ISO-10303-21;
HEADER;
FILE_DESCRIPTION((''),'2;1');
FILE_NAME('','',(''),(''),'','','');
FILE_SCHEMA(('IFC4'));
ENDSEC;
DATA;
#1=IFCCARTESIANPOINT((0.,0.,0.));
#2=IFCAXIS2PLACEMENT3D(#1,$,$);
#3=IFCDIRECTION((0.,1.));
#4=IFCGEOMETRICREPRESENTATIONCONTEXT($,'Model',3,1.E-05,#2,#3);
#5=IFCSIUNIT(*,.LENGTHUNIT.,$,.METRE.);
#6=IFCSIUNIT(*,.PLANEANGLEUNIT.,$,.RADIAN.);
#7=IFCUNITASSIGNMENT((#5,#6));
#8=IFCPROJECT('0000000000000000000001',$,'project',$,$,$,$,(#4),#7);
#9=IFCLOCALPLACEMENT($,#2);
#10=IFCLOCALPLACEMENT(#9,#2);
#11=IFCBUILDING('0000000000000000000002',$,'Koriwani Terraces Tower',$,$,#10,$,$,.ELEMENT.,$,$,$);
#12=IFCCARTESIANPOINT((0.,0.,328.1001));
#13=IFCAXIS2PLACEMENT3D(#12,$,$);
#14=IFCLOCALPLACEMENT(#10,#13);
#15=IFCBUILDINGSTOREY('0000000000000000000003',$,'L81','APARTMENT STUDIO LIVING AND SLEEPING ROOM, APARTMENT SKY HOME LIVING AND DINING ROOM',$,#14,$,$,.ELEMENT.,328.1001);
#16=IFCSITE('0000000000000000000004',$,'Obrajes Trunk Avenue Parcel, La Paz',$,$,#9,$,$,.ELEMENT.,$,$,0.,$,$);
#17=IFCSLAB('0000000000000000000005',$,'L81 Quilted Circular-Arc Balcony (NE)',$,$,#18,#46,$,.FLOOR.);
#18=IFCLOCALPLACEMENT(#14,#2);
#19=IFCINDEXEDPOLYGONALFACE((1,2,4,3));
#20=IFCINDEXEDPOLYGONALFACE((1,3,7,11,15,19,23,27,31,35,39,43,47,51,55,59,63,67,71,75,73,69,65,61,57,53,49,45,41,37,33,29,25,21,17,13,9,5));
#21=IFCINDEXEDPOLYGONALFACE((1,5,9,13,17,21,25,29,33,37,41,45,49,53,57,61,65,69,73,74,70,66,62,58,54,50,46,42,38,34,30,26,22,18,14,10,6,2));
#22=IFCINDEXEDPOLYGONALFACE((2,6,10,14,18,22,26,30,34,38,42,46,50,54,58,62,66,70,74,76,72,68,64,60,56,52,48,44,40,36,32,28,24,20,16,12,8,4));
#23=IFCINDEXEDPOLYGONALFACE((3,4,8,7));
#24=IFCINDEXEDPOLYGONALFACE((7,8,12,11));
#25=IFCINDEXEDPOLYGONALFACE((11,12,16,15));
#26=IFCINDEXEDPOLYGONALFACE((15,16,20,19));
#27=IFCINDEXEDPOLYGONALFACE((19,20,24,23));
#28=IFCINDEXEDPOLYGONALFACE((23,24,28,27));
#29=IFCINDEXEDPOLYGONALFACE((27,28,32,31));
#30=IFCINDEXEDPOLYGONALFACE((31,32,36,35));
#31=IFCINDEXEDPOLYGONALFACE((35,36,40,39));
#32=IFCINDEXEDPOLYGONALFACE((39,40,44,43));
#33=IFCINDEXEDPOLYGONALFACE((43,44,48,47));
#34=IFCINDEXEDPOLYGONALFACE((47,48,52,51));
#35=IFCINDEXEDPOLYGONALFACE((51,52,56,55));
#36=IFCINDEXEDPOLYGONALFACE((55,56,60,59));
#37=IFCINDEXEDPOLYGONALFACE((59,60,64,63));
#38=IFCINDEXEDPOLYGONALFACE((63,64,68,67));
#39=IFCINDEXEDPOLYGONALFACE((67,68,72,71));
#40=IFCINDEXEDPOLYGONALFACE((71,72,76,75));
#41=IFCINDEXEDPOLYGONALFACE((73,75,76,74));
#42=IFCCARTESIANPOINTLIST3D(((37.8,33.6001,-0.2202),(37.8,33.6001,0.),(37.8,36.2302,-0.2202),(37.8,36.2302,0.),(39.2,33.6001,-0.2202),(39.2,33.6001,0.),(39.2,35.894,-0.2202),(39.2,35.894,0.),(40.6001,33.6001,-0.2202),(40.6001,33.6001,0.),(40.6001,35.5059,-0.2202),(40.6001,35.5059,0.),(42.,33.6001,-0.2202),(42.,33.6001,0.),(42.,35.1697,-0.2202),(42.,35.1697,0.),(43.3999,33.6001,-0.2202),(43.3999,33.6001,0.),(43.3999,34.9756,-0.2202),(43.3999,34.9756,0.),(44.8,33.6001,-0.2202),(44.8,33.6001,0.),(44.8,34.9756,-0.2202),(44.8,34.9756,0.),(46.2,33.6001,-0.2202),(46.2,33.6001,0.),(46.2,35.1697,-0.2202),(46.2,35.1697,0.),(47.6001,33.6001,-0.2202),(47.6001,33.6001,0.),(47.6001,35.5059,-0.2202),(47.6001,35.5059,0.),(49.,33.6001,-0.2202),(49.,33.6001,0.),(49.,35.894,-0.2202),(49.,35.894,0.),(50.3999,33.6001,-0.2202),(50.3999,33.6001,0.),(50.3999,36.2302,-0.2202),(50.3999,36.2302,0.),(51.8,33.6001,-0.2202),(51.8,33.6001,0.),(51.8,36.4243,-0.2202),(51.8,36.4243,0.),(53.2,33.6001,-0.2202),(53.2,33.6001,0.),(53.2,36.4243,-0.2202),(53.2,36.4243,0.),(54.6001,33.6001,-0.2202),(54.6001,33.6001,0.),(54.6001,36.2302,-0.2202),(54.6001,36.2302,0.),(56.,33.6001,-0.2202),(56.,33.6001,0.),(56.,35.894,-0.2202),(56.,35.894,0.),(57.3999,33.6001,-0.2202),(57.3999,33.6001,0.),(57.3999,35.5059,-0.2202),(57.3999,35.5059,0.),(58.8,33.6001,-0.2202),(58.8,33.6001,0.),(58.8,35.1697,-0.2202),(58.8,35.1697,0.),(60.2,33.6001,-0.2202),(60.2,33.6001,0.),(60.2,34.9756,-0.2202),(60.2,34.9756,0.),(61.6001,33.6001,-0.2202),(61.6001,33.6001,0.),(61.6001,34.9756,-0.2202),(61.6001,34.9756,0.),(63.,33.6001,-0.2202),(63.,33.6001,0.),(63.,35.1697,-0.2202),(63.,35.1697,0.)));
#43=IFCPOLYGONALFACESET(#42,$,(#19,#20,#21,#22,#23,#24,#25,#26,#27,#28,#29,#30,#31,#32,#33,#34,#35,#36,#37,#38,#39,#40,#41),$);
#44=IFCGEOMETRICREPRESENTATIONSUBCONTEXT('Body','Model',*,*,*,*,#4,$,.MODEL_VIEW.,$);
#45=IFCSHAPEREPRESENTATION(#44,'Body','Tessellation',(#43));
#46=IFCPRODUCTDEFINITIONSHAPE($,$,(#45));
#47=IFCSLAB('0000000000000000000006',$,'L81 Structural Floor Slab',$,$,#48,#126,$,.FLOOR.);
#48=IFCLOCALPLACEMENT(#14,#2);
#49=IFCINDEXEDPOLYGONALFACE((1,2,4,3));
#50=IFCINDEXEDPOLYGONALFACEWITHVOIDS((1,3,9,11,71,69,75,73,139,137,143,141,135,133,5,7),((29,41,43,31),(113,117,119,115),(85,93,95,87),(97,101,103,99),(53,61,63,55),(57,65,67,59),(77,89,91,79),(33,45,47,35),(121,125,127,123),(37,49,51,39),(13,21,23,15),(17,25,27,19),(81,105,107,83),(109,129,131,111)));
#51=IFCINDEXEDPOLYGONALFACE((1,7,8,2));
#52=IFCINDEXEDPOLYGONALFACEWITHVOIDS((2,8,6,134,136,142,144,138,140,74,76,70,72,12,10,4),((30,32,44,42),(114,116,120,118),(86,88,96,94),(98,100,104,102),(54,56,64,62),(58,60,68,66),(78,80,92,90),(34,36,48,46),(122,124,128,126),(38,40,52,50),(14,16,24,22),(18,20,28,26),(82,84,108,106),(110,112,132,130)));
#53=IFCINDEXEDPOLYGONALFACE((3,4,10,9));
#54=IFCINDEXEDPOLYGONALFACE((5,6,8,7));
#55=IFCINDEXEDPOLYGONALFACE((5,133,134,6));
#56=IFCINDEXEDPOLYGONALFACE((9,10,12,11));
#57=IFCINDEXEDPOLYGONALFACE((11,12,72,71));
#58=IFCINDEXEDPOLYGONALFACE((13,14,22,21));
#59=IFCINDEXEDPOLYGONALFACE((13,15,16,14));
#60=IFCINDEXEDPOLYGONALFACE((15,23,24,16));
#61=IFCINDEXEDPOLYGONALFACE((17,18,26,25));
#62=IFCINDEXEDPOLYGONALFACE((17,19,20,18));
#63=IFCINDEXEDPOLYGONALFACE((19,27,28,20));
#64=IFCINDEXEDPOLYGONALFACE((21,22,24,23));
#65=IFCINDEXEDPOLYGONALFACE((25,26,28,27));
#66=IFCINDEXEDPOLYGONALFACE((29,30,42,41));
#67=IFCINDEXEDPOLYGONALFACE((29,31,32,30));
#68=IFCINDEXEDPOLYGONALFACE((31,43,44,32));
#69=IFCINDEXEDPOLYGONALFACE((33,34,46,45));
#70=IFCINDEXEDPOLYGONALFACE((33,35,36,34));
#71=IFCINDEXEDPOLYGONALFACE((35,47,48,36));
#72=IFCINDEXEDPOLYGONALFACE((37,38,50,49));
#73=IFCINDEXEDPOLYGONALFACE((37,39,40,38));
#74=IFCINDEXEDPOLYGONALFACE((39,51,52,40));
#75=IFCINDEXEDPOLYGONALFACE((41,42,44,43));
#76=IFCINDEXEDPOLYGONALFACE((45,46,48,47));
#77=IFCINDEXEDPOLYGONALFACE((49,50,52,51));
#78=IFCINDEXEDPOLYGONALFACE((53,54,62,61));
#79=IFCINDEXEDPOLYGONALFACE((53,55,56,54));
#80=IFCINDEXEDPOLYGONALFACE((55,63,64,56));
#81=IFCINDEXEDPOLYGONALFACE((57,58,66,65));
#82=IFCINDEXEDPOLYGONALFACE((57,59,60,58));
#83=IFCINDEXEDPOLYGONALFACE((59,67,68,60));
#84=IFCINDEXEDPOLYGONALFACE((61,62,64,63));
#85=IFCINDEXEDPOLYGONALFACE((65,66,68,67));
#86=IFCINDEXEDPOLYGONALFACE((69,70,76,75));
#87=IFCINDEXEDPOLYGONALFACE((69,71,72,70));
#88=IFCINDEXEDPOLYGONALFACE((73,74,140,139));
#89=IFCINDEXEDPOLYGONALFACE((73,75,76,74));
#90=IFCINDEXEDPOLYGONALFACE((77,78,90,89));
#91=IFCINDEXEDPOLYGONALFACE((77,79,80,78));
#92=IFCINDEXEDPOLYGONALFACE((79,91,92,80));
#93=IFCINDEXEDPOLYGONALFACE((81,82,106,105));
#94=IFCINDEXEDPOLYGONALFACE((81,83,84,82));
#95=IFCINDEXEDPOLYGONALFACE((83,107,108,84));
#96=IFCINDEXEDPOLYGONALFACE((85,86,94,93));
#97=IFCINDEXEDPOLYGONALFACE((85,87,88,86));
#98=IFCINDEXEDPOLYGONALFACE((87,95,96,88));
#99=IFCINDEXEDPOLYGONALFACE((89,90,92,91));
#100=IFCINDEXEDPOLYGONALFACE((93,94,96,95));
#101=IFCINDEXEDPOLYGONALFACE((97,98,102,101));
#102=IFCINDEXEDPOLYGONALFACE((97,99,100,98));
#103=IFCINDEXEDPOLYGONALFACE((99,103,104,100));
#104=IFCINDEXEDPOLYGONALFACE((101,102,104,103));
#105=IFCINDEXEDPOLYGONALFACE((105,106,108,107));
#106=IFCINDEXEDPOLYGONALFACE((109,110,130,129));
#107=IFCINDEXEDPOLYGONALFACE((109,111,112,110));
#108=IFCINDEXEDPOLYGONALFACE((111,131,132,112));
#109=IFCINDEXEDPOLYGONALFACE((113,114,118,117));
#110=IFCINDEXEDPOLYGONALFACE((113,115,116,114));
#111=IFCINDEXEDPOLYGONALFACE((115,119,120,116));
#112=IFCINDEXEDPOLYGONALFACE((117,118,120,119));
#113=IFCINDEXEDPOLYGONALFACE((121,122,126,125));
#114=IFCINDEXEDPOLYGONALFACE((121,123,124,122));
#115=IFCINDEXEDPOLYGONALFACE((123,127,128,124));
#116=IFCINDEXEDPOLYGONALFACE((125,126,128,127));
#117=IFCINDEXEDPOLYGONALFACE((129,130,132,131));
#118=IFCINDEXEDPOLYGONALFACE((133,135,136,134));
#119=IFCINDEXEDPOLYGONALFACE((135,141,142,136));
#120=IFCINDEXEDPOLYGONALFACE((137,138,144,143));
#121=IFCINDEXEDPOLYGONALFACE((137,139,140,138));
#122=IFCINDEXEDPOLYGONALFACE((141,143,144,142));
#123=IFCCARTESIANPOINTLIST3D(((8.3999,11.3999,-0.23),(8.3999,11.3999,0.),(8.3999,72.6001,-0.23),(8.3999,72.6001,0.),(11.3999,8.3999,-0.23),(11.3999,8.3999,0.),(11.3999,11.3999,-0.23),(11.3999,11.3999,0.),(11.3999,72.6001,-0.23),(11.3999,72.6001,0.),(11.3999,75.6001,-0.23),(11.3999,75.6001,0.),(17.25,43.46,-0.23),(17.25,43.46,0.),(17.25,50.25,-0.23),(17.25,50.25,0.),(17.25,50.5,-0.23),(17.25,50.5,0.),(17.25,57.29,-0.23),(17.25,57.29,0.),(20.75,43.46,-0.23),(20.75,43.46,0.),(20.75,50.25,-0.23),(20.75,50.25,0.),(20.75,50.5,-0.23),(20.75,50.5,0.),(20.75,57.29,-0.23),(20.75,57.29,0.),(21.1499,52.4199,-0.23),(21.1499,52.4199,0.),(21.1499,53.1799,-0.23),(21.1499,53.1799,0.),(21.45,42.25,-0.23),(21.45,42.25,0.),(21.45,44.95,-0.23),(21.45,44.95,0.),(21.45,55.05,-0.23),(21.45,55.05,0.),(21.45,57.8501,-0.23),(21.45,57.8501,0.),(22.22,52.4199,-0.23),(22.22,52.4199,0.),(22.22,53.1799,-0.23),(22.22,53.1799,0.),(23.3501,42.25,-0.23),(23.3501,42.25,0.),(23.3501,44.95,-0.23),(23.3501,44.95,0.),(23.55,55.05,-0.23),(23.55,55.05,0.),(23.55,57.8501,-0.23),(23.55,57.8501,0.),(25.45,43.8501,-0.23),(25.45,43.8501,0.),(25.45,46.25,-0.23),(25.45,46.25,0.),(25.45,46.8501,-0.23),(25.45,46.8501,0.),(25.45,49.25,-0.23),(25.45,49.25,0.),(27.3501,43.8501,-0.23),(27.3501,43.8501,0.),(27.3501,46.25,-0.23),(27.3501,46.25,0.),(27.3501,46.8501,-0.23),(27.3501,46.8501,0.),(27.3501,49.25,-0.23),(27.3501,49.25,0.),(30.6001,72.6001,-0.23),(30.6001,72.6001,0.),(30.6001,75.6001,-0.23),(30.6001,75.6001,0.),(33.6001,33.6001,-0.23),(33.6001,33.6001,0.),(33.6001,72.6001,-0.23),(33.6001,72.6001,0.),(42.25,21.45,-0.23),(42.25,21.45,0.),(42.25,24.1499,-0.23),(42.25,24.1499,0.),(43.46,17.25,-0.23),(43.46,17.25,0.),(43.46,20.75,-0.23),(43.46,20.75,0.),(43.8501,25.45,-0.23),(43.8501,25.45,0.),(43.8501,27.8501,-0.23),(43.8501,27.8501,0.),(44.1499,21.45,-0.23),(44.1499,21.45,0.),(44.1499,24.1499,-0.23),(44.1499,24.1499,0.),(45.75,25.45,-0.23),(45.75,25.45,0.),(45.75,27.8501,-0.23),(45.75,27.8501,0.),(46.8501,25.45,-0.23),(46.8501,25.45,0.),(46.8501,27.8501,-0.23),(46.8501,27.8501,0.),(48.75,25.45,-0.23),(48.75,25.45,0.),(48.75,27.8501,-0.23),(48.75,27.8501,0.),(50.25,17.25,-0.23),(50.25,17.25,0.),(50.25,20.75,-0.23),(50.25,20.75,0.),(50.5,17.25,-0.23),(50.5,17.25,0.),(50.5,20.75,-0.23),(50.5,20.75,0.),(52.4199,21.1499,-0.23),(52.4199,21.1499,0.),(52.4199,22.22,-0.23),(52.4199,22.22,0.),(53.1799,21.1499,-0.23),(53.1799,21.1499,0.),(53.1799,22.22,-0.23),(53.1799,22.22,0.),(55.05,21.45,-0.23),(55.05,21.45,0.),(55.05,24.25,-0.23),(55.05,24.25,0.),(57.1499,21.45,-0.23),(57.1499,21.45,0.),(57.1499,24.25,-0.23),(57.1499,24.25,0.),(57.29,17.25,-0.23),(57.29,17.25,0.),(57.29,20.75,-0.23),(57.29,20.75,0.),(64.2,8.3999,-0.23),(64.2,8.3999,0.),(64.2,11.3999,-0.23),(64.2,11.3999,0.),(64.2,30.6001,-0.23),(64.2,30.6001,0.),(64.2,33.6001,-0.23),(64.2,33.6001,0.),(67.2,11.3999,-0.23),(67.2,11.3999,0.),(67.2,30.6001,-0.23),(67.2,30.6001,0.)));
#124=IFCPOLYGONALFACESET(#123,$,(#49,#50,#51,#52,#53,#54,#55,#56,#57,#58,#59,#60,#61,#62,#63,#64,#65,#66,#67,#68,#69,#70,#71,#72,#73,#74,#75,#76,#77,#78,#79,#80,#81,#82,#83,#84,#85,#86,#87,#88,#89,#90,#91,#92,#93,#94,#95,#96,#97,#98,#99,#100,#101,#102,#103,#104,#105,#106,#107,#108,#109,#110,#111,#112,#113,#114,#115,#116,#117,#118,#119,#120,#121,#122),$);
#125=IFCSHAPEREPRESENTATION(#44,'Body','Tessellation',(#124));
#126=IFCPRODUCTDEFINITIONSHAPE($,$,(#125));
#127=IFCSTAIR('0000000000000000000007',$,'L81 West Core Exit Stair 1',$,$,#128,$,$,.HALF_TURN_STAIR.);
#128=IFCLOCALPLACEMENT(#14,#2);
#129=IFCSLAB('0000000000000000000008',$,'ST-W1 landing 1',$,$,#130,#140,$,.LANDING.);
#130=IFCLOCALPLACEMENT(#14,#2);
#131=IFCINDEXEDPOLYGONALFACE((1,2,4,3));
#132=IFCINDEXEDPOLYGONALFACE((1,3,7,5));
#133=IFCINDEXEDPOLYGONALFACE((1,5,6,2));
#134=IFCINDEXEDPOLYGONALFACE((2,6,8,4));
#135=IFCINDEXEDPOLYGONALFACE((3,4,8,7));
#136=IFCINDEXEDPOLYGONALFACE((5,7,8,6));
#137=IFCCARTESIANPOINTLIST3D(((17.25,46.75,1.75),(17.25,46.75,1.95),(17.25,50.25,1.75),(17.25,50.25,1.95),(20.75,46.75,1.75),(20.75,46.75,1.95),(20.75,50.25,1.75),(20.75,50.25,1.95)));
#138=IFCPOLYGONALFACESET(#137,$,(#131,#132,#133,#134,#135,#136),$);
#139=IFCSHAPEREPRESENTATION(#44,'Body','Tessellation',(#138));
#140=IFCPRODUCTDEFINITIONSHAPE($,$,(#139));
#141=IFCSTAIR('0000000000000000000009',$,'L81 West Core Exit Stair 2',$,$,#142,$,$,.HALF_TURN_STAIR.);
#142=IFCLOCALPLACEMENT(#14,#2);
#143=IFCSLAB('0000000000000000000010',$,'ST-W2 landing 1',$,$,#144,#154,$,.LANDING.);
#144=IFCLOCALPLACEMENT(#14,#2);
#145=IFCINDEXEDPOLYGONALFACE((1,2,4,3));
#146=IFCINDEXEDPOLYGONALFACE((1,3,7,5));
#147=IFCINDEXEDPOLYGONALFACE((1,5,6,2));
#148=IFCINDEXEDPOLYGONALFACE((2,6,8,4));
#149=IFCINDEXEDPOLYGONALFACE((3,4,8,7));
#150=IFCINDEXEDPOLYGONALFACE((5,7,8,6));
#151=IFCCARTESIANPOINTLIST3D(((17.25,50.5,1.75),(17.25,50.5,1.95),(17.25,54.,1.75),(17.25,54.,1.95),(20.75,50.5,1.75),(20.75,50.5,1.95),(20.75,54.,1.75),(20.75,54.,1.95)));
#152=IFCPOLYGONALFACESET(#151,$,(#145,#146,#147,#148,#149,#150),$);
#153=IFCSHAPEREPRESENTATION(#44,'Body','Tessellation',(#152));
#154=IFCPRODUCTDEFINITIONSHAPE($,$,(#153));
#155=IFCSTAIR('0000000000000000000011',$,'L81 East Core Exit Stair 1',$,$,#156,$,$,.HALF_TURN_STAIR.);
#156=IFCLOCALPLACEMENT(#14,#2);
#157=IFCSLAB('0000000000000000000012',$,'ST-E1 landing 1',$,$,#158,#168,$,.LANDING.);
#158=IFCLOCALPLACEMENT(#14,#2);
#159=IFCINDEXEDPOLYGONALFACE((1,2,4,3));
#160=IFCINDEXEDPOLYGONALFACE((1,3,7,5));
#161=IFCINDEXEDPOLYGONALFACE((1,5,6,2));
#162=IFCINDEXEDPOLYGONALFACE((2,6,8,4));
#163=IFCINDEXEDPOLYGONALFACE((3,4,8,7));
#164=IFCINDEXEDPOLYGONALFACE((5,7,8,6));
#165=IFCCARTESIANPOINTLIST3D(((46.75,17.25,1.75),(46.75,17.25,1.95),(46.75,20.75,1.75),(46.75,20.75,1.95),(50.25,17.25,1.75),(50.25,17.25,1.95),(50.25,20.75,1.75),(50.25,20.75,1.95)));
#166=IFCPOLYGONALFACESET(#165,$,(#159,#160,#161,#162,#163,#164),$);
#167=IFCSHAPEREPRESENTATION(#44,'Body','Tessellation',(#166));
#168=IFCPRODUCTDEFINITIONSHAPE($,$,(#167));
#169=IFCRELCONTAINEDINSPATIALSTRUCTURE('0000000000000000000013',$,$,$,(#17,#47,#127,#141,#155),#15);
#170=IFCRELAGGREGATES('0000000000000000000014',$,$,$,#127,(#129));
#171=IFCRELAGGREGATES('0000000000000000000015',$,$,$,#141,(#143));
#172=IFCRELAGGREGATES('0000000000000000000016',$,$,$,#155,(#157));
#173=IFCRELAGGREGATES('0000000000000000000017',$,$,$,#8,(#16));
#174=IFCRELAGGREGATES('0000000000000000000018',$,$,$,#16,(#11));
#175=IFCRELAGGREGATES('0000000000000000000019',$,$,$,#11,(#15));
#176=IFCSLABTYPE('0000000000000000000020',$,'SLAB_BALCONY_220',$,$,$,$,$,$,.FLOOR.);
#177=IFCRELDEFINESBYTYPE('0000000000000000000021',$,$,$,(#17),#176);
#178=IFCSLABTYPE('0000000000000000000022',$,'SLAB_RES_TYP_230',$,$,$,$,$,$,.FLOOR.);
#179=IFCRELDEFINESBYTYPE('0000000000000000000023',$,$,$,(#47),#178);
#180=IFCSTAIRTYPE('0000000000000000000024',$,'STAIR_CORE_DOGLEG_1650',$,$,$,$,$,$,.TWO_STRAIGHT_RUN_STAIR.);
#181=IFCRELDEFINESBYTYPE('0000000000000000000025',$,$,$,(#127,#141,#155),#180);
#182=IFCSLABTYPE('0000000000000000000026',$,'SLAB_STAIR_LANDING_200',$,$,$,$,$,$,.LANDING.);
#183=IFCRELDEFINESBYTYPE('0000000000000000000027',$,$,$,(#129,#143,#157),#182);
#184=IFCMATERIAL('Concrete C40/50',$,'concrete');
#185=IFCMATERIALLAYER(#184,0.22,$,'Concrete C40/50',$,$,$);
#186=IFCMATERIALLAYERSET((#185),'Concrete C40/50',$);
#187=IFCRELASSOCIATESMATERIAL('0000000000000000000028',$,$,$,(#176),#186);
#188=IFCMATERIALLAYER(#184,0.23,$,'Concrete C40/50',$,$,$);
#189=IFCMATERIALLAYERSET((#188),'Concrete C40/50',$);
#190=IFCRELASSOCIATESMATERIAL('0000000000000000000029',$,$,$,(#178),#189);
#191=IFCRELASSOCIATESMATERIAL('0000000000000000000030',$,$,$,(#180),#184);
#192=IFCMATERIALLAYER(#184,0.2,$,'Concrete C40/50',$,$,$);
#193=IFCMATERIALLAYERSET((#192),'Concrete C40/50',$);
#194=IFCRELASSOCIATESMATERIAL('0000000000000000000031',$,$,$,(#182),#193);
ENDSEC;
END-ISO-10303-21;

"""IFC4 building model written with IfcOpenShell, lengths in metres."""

from ifc_helpers import new_model, si_unit, direction, frame, origin, place, context, subcontext, project, spatial, polyline, outline, extrude, material, layer, layer_set, type_object, element, aggregate, save


model = new_model("IFC4")

# Units and contexts
model_context = context("Model", 3, precision=1e-05, world=origin(), true_north=direction((0.0, 1.0)))
body_context = subcontext(model_context, "Body", "Model", "MODEL_VIEW")
ifc_project = project(units=[si_unit("LENGTHUNIT", "METRE"), si_unit("PLANEANGLEUNIT", "RADIAN")], contexts=[model_context])

# Site, building, storey
site_placement = place(None, origin())
site = spatial("IfcSite", under=ifc_project, at=site_placement, Name="Obrajes Trunk Avenue Parcel, La Paz", CompositionType="ELEMENT", RefElevation=0.0)
building_placement = place(site_placement, origin())
building = spatial("IfcBuilding", under=site, at=building_placement, Name="Koriwani Terraces Tower", CompositionType="ELEMENT")
storey_placement = place(building_placement, frame((0.0, 0.0, 328.1001)))
storey = spatial("IfcBuildingStorey", under=building, at=storey_placement, Name="L81", Description="APARTMENT STUDIO LIVING AND SLEEPING ROOM, APARTMENT SKY HOME LIVING AND DINING ROOM", CompositionType="ELEMENT", Elevation=328.1001)

# Shared definitions
ifc_material_1 = material(Name="Concrete C40/50", Category="concrete")

# Slabs
ifc_layer_1 = layer(ifc_material_1, 0.22, Name="Concrete C40/50")
ifc_layer_set_1 = layer_set([ifc_layer_1], Name="Concrete C40/50")
slab_type_1 = type_object("IfcSlabType", Name="SLAB_BALCONY_220", PredefinedType="FLOOR", material=ifc_layer_set_1)
slab_1_placement = place(storey_placement, frame((0.0, 0.0, -0.2202)))
element("IfcSlab", 1, at=slab_1_placement, inside=storey, type_object=slab_type_1, Name="L81 Quilted Circular-Arc Balcony (NE)", PredefinedType="FLOOR", context=body_context, shape_type="SweptSolid", body=[
    extrude(outline(polyline([(63.0, 33.6001), (61.6001, 33.6001), (60.2, 33.6001), (58.8, 33.6001), (57.3999, 33.6001), (56.0, 33.6001), (54.6001, 33.6001), (53.2, 33.6001), (51.8, 33.6001), (50.3999, 33.6001), (49.0, 33.6001), (47.6001, 33.6001), (46.2, 33.6001), (44.8, 33.6001), (43.3999, 33.6001), (42.0, 33.6001), (40.6001, 33.6001), (39.2, 33.6001), (37.8, 33.6001), (37.8, 36.2302), (39.2, 35.894), (40.6001, 35.5059), (42.0, 35.1697), (43.3999, 34.9756), (44.8, 34.9756), (46.2, 35.1697), (47.6001, 35.5059), (49.0, 35.894), (50.3999, 36.2302), (51.8, 36.4243), (53.2, 36.4243), (54.6001, 36.2302), (56.0, 35.894), (57.3999, 35.5059), (58.8, 35.1697), (60.2, 34.9756), (61.6001, 34.9756), (63.0, 35.1697), (63.0, 33.6001)])), origin(), (0.0, 0.0, 1.0), 0.2202),
])
ifc_layer_2 = layer(ifc_material_1, 0.23, Name="Concrete C40/50")
ifc_layer_set_2 = layer_set([ifc_layer_2], Name="Concrete C40/50")
slab_type_2 = type_object("IfcSlabType", Name="SLAB_RES_TYP_230", PredefinedType="FLOOR", material=ifc_layer_set_2)
slab_2_placement = place(storey_placement, frame((0.0, 0.0, -0.23)))
element("IfcSlab", 2, at=slab_2_placement, inside=storey, type_object=slab_type_2, Name="L81 Structural Floor Slab", PredefinedType="FLOOR", context=body_context, shape_type="SweptSolid", body=[
    extrude(outline(polyline([(11.3999, 8.3999), (64.2, 8.3999), (64.2, 11.3999), (67.2, 11.3999), (67.2, 30.6001), (64.2, 30.6001), (64.2, 33.6001), (33.6001, 33.6001), (33.6001, 72.6001), (30.6001, 72.6001), (30.6001, 75.6001), (11.3999, 75.6001), (11.3999, 72.6001), (8.3999, 72.6001), (8.3999, 11.3999), (11.3999, 11.3999), (11.3999, 8.3999)]), holes=[polyline([(17.25, 43.46), (20.75, 43.46), (20.75, 50.25), (17.25, 50.25), (17.25, 43.46)]), polyline([(17.25, 50.5), (20.75, 50.5), (20.75, 57.29), (17.25, 57.29), (17.25, 50.5)]), polyline([(43.46, 17.25), (50.25, 17.25), (50.25, 20.75), (43.46, 20.75), (43.46, 17.25)]), polyline([(50.5, 17.25), (57.29, 17.25), (57.29, 20.75), (50.5, 20.75), (50.5, 17.25)]), polyline([(25.45, 43.8501), (27.3501, 43.8501), (27.3501, 46.25), (25.45, 46.25), (25.45, 43.8501)]), polyline([(25.45, 46.8501), (27.3501, 46.8501), (27.3501, 49.25), (25.45, 49.25), (25.45, 46.8501)]), polyline([(43.8501, 25.45), (45.75, 25.45), (45.75, 27.8501), (43.8501, 27.8501), (43.8501, 25.45)]), polyline([(46.8501, 25.45), (48.75, 25.45), (48.75, 27.8501), (46.8501, 27.8501), (46.8501, 25.45)]), polyline([(21.45, 55.05), (23.55, 55.05), (23.55, 57.8501), (21.45, 57.8501), (21.45, 55.05)]), polyline([(55.05, 21.45), (57.1499, 21.45), (57.1499, 24.25), (55.05, 24.25), (55.05, 21.45)]), polyline([(21.45, 42.25), (23.3501, 42.25), (23.3501, 44.95), (21.45, 44.95), (21.45, 42.25)]), polyline([(42.25, 21.45), (44.1499, 21.45), (44.1499, 24.1499), (42.25, 24.1499), (42.25, 21.45)]), polyline([(21.1499, 52.4199), (22.22, 52.4199), (22.22, 53.1799), (21.1499, 53.1799), (21.1499, 52.4199)]), polyline([(52.4199, 21.1499), (53.1799, 21.1499), (53.1799, 22.22), (52.4199, 22.22), (52.4199, 21.1499)])]), origin(), (0.0, 0.0, 1.0), 0.23),
])

# Stairs, slabs
stair_type = type_object("IfcStairType", Name="STAIR_CORE_DOGLEG_1650", PredefinedType="TWO_STRAIGHT_RUN_STAIR", material=ifc_material_1)
stair_1_placement = place(storey_placement, origin())
stair_1 = element("IfcStair", 3, at=stair_1_placement, inside=storey, type_object=stair_type, Name="L81 West Core Exit Stair 1", PredefinedType="HALF_TURN_STAIR")
ifc_layer_3 = layer(ifc_material_1, 0.2, Name="Concrete C40/50")
ifc_layer_set_3 = layer_set([ifc_layer_3], Name="Concrete C40/50")
slab_type_3 = type_object("IfcSlabType", Name="SLAB_STAIR_LANDING_200", PredefinedType="LANDING", material=ifc_layer_set_3)
slab_3_placement = place(storey_placement, frame((0.0, 0.0, 1.75)))
slab_3 = element("IfcSlab", 4, at=slab_3_placement, type_object=slab_type_3, Name="ST-W1 landing 1", PredefinedType="LANDING", context=body_context, shape_type="SweptSolid", body=[
    extrude(outline(polyline([(20.75, 46.75), (20.75, 50.25), (17.25, 50.25), (17.25, 46.75), (20.75, 46.75)])), origin(), (0.0, 0.0, 1.0), 0.2),
])
aggregate(stair_1, [slab_3])
stair_2_placement = place(storey_placement, origin())
stair_2 = element("IfcStair", 5, at=stair_2_placement, inside=storey, type_object=stair_type, Name="L81 West Core Exit Stair 2", PredefinedType="HALF_TURN_STAIR")
slab_4_placement = place(storey_placement, frame((0.0, 0.0, 1.75)))
slab_4 = element("IfcSlab", 6, at=slab_4_placement, type_object=slab_type_3, Name="ST-W2 landing 1", PredefinedType="LANDING", context=body_context, shape_type="SweptSolid", body=[
    extrude(outline(polyline([(17.25, 54.0), (17.25, 50.5), (20.75, 50.5), (20.75, 54.0), (17.25, 54.0)])), origin(), (0.0, 0.0, 1.0), 0.2),
])
aggregate(stair_2, [slab_4])
stair_3_placement = place(storey_placement, origin())
stair_3 = element("IfcStair", 7, at=stair_3_placement, inside=storey, type_object=stair_type, Name="L81 East Core Exit Stair 1", PredefinedType="HALF_TURN_STAIR")
slab_5_placement = place(storey_placement, frame((0.0, 0.0, 1.75)))
slab_5 = element("IfcSlab", 8, at=slab_5_placement, type_object=slab_type_3, Name="ST-E1 landing 1", PredefinedType="LANDING", context=body_context, shape_type="SweptSolid", body=[
    extrude(outline(polyline([(46.75, 17.25), (50.25, 17.25), (50.25, 20.75), (46.75, 20.75), (46.75, 17.25)])), origin(), (0.0, 0.0, 1.0), 0.2),
])
aggregate(stair_3, [slab_5])

save(model, "model.ifc")
